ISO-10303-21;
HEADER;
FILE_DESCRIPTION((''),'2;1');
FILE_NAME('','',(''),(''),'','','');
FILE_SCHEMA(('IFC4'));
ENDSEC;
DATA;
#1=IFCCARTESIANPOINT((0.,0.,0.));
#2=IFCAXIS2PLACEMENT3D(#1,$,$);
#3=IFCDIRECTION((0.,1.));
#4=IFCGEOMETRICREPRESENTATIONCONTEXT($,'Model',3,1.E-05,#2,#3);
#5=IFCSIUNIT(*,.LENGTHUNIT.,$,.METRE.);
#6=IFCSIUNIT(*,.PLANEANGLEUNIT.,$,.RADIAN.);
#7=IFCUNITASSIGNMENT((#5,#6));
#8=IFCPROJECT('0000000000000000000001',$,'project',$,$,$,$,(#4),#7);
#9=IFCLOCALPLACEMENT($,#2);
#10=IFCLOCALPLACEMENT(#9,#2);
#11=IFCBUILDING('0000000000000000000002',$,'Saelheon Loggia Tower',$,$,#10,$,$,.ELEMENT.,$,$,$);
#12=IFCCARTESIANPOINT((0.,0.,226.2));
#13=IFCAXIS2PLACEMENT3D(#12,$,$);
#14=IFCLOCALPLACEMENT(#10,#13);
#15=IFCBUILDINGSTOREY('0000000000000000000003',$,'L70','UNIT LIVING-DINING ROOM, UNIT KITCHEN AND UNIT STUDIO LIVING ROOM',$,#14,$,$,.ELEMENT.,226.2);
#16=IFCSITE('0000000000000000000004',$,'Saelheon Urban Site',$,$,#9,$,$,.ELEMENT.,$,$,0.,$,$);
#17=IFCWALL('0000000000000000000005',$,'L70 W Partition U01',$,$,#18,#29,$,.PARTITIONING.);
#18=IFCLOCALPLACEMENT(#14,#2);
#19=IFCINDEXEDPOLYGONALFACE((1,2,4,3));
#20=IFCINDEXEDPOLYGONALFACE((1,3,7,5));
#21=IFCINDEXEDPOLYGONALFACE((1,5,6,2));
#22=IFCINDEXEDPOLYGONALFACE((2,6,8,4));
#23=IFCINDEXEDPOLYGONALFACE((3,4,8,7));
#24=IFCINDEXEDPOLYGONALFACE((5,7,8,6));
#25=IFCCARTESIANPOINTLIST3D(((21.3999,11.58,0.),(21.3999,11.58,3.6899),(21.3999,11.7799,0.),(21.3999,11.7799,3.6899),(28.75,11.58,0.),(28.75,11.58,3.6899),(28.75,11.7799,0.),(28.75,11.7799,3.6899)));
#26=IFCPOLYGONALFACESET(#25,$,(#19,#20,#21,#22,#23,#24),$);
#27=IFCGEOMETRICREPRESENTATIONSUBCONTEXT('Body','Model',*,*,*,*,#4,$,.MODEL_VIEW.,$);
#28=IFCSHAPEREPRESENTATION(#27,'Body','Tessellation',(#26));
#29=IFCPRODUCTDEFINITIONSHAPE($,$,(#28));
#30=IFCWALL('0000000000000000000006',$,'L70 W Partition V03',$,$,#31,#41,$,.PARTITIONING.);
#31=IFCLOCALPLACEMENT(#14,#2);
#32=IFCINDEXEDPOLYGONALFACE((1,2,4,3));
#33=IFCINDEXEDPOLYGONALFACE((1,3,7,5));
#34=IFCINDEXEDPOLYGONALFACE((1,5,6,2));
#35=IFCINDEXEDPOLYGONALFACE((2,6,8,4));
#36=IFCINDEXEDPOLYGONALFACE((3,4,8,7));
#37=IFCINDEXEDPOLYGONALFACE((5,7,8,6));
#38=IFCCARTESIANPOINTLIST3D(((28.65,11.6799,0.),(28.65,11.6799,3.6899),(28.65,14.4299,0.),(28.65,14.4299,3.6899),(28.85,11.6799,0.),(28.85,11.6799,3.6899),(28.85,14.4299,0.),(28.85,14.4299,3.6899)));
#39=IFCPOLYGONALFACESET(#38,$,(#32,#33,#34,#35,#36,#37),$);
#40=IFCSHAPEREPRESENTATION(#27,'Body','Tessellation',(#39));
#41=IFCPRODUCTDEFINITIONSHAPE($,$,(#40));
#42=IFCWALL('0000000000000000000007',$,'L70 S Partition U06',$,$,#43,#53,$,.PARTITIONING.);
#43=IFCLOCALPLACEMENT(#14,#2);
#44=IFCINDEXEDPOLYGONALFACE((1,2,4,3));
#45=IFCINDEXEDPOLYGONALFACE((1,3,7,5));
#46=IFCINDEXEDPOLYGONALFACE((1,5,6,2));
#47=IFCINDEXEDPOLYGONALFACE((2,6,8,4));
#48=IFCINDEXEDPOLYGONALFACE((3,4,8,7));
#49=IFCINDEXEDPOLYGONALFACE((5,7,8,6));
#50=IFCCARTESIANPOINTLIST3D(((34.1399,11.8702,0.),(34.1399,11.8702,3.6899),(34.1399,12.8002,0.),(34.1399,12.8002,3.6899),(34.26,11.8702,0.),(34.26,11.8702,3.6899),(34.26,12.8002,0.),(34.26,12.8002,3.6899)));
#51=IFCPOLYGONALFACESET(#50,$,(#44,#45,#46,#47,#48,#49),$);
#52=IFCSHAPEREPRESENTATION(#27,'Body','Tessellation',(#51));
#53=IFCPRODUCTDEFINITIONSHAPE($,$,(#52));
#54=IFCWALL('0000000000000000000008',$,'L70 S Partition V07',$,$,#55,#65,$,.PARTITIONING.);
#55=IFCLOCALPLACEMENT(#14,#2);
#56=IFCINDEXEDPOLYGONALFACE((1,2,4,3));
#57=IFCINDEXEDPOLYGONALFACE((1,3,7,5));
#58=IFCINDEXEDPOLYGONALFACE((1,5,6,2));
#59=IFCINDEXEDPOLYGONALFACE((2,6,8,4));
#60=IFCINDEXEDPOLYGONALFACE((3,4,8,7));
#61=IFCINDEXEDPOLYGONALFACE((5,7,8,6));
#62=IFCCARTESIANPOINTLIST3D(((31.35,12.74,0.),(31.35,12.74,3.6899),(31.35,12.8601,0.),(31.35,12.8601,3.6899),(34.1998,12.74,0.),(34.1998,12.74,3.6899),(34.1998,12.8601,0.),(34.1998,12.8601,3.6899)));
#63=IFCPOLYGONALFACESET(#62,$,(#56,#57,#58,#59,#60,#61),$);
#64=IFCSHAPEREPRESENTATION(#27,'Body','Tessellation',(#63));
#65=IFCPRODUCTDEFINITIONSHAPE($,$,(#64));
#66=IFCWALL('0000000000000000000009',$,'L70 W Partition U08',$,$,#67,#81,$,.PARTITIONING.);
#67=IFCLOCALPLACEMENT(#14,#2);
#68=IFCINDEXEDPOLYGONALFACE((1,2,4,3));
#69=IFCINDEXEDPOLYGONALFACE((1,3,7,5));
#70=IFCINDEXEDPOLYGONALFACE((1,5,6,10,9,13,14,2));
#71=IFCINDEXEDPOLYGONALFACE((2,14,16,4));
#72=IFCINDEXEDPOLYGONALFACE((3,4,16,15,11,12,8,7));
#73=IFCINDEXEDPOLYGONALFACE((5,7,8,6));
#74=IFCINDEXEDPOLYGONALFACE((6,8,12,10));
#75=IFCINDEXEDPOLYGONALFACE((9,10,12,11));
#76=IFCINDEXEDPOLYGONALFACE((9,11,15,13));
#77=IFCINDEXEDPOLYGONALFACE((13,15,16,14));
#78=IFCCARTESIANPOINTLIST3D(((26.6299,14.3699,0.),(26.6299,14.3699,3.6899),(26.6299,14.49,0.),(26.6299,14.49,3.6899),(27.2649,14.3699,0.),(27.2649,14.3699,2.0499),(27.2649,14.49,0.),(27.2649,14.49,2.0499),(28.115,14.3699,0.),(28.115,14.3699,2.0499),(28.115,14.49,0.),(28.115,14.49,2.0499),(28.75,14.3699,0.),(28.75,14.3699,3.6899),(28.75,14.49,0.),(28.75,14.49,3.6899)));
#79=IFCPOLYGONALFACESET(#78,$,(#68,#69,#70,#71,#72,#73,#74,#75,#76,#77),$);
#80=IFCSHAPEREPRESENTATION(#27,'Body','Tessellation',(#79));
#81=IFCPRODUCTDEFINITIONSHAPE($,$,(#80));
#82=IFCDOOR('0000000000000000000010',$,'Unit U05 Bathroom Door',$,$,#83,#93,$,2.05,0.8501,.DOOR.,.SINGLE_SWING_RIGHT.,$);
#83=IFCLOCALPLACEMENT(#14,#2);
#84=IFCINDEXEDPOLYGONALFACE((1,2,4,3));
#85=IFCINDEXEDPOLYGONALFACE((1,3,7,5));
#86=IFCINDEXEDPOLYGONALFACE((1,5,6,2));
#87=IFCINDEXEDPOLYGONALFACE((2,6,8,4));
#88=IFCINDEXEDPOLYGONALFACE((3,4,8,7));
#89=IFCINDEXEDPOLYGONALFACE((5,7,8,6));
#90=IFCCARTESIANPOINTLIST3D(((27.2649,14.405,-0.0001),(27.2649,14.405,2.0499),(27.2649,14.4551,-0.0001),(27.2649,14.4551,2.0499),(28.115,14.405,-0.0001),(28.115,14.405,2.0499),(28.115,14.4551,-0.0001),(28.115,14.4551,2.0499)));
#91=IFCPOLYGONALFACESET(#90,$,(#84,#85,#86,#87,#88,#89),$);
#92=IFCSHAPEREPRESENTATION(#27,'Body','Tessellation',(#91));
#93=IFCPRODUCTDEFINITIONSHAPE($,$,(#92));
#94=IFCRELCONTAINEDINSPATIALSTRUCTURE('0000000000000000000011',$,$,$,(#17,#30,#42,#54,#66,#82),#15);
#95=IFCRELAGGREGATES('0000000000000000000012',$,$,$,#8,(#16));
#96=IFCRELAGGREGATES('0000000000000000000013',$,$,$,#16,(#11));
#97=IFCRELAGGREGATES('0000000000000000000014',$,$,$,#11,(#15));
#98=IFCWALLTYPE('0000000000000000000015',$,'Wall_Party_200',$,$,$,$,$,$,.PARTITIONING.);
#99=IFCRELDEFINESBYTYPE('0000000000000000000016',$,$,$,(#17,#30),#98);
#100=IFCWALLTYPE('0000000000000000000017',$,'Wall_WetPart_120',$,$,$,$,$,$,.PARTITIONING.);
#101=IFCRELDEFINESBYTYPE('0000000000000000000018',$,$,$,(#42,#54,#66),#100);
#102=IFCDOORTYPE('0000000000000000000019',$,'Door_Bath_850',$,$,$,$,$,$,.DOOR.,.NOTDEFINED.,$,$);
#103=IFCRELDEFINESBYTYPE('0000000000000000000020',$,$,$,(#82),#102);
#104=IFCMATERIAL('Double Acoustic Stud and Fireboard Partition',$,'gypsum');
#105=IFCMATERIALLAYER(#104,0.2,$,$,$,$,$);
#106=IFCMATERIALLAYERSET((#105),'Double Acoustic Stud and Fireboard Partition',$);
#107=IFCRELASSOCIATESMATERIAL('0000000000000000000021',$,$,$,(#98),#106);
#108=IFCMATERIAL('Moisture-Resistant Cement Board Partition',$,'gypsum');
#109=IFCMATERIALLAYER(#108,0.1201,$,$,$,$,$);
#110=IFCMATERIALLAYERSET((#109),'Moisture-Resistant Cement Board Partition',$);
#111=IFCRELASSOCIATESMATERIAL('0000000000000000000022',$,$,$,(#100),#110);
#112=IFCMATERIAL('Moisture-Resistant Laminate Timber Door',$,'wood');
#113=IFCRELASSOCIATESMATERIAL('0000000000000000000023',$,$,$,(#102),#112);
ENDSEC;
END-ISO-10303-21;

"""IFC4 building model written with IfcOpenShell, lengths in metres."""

from ifc_helpers import new_model, si_unit, direction, frame, frame_2d, origin, place, context, subcontext, project, spatial, rectangle, extrude, source, transform, mapped, material, layer, layer_set, type_object, element, fill, save


model = new_model("IFC4")

# Units and contexts
model_context = context("Model", 3, precision=1e-05, world=origin(), true_north=direction((0.0, 1.0)))
body_context = subcontext(model_context, "Body", "Model", "MODEL_VIEW")
ifc_project = project(units=[si_unit("LENGTHUNIT", "METRE"), si_unit("PLANEANGLEUNIT", "RADIAN")], contexts=[model_context])

# Site, building, storey
site_placement = place(None, origin())
site = spatial("IfcSite", under=ifc_project, at=site_placement, Name="Saelheon Urban Site", CompositionType="ELEMENT", RefElevation=0.0)
building_placement = place(site_placement, origin())
building = spatial("IfcBuilding", under=site, at=building_placement, Name="Saelheon Loggia Tower", CompositionType="ELEMENT")
storey_placement = place(building_placement, frame((0.0, 0.0, 226.2)))
storey = spatial("IfcBuildingStorey", under=building, at=storey_placement, Name="L70", Description="UNIT LIVING-DINING ROOM, UNIT KITCHEN AND UNIT STUDIO LIVING ROOM", CompositionType="ELEMENT", Elevation=226.2)

# Walls
ifc_material_1 = material(Name="Double Acoustic Stud and Fireboard Partition", Category="gypsum")
ifc_layer_1 = layer(ifc_material_1, 0.2)
ifc_layer_set_1 = layer_set([ifc_layer_1], Name="Double Acoustic Stud and Fireboard Partition")
wall_type_1 = type_object("IfcWallType", Name="Wall_Party_200", PredefinedType="PARTITIONING", material=ifc_layer_set_1)
wall_1_placement = place(storey_placement, frame((28.75, 11.6799, 0.0), z_axis=(0.0, 0.0, 1.0), x_axis=(-1.0, 0.0, 0.0)))
element("IfcWall", 1, at=wall_1_placement, inside=storey, type_object=wall_type_1, Name="L70 W Partition U01", PredefinedType="PARTITIONING", context=body_context, shape_type="SweptSolid", body=[
    extrude(rectangle(XDim=7.3501, YDim=0.2, at=frame_2d((3.675, 0.0))), origin(), (0.0, 0.0, 1.0), 3.6899),
])
wall_2_placement = place(storey_placement, frame((28.75, 11.6799, 0.0), z_axis=(0.0, 0.0, 1.0), x_axis=(0.0, 1.0, 0.0)))
element("IfcWall", 2, at=wall_2_placement, inside=storey, type_object=wall_type_1, Name="L70 W Partition V03", PredefinedType="PARTITIONING", context=body_context, shape_type="SweptSolid", body=[
    extrude(rectangle(XDim=2.75, YDim=0.2, at=frame_2d((1.375, 0.0))), origin(), (0.0, 0.0, 1.0), 3.6899),
])

# Walls
ifc_material_2 = material(Name="Moisture-Resistant Cement Board Partition", Category="gypsum")
ifc_layer_2 = layer(ifc_material_2, 0.1201)
ifc_layer_set_2 = layer_set([ifc_layer_2], Name="Moisture-Resistant Cement Board Partition")
wall_type_2 = type_object("IfcWallType", Name="Wall_WetPart_120", PredefinedType="PARTITIONING", material=ifc_layer_set_2)
wall_3_placement = place(storey_placement, frame((34.2, 12.8, 0.0), z_axis=(0.0, 0.0, 1.0), x_axis=(0.0, -1.0, 0.0)))
element("IfcWall", 3, at=wall_3_placement, inside=storey, type_object=wall_type_2, Name="L70 S Partition U06", PredefinedType="PARTITIONING", context=body_context, shape_type="SweptSolid", body=[
    extrude(rectangle(XDim=0.9299, YDim=0.1201, at=frame_2d((0.4648, 0.0))), origin(), (0.0, 0.0, 1.0), 3.6899),
])
wall_4_placement = place(storey_placement, frame((31.3501, 12.8, 0.0), z_axis=(0.0, 0.0, 1.0), x_axis=(1.0, 0.0, 0.0)))
element("IfcWall", 4, at=wall_4_placement, inside=storey, type_object=wall_type_2, Name="L70 S Partition V07", PredefinedType="PARTITIONING", context=body_context, shape_type="SweptSolid", body=[
    extrude(rectangle(XDim=2.8499, YDim=0.1201, at=frame_2d((1.4248, 0.0))), origin(), (0.0, 0.0, 1.0), 3.6899),
])

# Wall, opening, door
wall_5_placement = place(storey_placement, frame((28.75, 14.4299, 0.0), z_axis=(0.0, 0.0, 1.0), x_axis=(-1.0, 0.0, 0.0)))
wall_5 = element("IfcWall", 5, at=wall_5_placement, inside=storey, type_object=wall_type_2, Name="L70 W Partition U08", PredefinedType="PARTITIONING", context=body_context, shape_type="SweptSolid", body=[
    extrude(rectangle(XDim=2.1201, YDim=0.1201, at=frame_2d((1.0601, 0.0))), origin(), (0.0, 0.0, 1.0), 3.6899),
])
opening_1_placement = place(wall_5_placement, frame((0.635, 0.0, 0.0)))
opening_1 = element("IfcOpeningElement", 6, at=opening_1_placement, cuts=wall_5, PredefinedType="OPENING", context=body_context, shape_type="SweptSolid", body=[
    extrude(rectangle(XDim=0.8501, YDim=2.05, at=frame_2d((0.425, 1.0249))), frame((0.0, 0.072, 0.0), z_axis=(0.0, -1.0, 0.0), x_axis=(1.0, 0.0, 0.0)), (0.0, 0.0, 1.0), 0.144),
])
ifc_material_3 = material(Name="Moisture-Resistant Laminate Timber Door", Category="wood")
door_type_1 = type_object("IfcDoorType", Name="Door_Bath_850", OperationType="NOTDEFINED", PredefinedType="DOOR", material=ifc_material_3)
shared_shape_1 = source(origin(), body_context, "Body", "SweptSolid", [
    extrude(rectangle(XDim=0.8501, YDim=2.05, at=frame_2d((0.425, 1.0249))), frame((0.0, 0.0249, 0.0), z_axis=(0.0, -1.0, 0.0), x_axis=(1.0, 0.0, 0.0)), (0.0, 0.0, 1.0), 0.05),
])
door_1_placement = place(opening_1_placement, origin())
door_1 = element("IfcDoor", 7, at=door_1_placement, inside=storey, type_object=door_type_1, Name="Unit U05 Bathroom Door", OperationType="SINGLE_SWING_RIGHT", OverallHeight=2.05, OverallWidth=0.8501, PredefinedType="DOOR", context=body_context, shape_type="MappedRepresentation", body=[
    mapped(shared_shape_1, transform((0.0, 0.0, 0.0), scale=1.0)),
])
fill(opening_1, door_1)

save(model, "model.ifc")
